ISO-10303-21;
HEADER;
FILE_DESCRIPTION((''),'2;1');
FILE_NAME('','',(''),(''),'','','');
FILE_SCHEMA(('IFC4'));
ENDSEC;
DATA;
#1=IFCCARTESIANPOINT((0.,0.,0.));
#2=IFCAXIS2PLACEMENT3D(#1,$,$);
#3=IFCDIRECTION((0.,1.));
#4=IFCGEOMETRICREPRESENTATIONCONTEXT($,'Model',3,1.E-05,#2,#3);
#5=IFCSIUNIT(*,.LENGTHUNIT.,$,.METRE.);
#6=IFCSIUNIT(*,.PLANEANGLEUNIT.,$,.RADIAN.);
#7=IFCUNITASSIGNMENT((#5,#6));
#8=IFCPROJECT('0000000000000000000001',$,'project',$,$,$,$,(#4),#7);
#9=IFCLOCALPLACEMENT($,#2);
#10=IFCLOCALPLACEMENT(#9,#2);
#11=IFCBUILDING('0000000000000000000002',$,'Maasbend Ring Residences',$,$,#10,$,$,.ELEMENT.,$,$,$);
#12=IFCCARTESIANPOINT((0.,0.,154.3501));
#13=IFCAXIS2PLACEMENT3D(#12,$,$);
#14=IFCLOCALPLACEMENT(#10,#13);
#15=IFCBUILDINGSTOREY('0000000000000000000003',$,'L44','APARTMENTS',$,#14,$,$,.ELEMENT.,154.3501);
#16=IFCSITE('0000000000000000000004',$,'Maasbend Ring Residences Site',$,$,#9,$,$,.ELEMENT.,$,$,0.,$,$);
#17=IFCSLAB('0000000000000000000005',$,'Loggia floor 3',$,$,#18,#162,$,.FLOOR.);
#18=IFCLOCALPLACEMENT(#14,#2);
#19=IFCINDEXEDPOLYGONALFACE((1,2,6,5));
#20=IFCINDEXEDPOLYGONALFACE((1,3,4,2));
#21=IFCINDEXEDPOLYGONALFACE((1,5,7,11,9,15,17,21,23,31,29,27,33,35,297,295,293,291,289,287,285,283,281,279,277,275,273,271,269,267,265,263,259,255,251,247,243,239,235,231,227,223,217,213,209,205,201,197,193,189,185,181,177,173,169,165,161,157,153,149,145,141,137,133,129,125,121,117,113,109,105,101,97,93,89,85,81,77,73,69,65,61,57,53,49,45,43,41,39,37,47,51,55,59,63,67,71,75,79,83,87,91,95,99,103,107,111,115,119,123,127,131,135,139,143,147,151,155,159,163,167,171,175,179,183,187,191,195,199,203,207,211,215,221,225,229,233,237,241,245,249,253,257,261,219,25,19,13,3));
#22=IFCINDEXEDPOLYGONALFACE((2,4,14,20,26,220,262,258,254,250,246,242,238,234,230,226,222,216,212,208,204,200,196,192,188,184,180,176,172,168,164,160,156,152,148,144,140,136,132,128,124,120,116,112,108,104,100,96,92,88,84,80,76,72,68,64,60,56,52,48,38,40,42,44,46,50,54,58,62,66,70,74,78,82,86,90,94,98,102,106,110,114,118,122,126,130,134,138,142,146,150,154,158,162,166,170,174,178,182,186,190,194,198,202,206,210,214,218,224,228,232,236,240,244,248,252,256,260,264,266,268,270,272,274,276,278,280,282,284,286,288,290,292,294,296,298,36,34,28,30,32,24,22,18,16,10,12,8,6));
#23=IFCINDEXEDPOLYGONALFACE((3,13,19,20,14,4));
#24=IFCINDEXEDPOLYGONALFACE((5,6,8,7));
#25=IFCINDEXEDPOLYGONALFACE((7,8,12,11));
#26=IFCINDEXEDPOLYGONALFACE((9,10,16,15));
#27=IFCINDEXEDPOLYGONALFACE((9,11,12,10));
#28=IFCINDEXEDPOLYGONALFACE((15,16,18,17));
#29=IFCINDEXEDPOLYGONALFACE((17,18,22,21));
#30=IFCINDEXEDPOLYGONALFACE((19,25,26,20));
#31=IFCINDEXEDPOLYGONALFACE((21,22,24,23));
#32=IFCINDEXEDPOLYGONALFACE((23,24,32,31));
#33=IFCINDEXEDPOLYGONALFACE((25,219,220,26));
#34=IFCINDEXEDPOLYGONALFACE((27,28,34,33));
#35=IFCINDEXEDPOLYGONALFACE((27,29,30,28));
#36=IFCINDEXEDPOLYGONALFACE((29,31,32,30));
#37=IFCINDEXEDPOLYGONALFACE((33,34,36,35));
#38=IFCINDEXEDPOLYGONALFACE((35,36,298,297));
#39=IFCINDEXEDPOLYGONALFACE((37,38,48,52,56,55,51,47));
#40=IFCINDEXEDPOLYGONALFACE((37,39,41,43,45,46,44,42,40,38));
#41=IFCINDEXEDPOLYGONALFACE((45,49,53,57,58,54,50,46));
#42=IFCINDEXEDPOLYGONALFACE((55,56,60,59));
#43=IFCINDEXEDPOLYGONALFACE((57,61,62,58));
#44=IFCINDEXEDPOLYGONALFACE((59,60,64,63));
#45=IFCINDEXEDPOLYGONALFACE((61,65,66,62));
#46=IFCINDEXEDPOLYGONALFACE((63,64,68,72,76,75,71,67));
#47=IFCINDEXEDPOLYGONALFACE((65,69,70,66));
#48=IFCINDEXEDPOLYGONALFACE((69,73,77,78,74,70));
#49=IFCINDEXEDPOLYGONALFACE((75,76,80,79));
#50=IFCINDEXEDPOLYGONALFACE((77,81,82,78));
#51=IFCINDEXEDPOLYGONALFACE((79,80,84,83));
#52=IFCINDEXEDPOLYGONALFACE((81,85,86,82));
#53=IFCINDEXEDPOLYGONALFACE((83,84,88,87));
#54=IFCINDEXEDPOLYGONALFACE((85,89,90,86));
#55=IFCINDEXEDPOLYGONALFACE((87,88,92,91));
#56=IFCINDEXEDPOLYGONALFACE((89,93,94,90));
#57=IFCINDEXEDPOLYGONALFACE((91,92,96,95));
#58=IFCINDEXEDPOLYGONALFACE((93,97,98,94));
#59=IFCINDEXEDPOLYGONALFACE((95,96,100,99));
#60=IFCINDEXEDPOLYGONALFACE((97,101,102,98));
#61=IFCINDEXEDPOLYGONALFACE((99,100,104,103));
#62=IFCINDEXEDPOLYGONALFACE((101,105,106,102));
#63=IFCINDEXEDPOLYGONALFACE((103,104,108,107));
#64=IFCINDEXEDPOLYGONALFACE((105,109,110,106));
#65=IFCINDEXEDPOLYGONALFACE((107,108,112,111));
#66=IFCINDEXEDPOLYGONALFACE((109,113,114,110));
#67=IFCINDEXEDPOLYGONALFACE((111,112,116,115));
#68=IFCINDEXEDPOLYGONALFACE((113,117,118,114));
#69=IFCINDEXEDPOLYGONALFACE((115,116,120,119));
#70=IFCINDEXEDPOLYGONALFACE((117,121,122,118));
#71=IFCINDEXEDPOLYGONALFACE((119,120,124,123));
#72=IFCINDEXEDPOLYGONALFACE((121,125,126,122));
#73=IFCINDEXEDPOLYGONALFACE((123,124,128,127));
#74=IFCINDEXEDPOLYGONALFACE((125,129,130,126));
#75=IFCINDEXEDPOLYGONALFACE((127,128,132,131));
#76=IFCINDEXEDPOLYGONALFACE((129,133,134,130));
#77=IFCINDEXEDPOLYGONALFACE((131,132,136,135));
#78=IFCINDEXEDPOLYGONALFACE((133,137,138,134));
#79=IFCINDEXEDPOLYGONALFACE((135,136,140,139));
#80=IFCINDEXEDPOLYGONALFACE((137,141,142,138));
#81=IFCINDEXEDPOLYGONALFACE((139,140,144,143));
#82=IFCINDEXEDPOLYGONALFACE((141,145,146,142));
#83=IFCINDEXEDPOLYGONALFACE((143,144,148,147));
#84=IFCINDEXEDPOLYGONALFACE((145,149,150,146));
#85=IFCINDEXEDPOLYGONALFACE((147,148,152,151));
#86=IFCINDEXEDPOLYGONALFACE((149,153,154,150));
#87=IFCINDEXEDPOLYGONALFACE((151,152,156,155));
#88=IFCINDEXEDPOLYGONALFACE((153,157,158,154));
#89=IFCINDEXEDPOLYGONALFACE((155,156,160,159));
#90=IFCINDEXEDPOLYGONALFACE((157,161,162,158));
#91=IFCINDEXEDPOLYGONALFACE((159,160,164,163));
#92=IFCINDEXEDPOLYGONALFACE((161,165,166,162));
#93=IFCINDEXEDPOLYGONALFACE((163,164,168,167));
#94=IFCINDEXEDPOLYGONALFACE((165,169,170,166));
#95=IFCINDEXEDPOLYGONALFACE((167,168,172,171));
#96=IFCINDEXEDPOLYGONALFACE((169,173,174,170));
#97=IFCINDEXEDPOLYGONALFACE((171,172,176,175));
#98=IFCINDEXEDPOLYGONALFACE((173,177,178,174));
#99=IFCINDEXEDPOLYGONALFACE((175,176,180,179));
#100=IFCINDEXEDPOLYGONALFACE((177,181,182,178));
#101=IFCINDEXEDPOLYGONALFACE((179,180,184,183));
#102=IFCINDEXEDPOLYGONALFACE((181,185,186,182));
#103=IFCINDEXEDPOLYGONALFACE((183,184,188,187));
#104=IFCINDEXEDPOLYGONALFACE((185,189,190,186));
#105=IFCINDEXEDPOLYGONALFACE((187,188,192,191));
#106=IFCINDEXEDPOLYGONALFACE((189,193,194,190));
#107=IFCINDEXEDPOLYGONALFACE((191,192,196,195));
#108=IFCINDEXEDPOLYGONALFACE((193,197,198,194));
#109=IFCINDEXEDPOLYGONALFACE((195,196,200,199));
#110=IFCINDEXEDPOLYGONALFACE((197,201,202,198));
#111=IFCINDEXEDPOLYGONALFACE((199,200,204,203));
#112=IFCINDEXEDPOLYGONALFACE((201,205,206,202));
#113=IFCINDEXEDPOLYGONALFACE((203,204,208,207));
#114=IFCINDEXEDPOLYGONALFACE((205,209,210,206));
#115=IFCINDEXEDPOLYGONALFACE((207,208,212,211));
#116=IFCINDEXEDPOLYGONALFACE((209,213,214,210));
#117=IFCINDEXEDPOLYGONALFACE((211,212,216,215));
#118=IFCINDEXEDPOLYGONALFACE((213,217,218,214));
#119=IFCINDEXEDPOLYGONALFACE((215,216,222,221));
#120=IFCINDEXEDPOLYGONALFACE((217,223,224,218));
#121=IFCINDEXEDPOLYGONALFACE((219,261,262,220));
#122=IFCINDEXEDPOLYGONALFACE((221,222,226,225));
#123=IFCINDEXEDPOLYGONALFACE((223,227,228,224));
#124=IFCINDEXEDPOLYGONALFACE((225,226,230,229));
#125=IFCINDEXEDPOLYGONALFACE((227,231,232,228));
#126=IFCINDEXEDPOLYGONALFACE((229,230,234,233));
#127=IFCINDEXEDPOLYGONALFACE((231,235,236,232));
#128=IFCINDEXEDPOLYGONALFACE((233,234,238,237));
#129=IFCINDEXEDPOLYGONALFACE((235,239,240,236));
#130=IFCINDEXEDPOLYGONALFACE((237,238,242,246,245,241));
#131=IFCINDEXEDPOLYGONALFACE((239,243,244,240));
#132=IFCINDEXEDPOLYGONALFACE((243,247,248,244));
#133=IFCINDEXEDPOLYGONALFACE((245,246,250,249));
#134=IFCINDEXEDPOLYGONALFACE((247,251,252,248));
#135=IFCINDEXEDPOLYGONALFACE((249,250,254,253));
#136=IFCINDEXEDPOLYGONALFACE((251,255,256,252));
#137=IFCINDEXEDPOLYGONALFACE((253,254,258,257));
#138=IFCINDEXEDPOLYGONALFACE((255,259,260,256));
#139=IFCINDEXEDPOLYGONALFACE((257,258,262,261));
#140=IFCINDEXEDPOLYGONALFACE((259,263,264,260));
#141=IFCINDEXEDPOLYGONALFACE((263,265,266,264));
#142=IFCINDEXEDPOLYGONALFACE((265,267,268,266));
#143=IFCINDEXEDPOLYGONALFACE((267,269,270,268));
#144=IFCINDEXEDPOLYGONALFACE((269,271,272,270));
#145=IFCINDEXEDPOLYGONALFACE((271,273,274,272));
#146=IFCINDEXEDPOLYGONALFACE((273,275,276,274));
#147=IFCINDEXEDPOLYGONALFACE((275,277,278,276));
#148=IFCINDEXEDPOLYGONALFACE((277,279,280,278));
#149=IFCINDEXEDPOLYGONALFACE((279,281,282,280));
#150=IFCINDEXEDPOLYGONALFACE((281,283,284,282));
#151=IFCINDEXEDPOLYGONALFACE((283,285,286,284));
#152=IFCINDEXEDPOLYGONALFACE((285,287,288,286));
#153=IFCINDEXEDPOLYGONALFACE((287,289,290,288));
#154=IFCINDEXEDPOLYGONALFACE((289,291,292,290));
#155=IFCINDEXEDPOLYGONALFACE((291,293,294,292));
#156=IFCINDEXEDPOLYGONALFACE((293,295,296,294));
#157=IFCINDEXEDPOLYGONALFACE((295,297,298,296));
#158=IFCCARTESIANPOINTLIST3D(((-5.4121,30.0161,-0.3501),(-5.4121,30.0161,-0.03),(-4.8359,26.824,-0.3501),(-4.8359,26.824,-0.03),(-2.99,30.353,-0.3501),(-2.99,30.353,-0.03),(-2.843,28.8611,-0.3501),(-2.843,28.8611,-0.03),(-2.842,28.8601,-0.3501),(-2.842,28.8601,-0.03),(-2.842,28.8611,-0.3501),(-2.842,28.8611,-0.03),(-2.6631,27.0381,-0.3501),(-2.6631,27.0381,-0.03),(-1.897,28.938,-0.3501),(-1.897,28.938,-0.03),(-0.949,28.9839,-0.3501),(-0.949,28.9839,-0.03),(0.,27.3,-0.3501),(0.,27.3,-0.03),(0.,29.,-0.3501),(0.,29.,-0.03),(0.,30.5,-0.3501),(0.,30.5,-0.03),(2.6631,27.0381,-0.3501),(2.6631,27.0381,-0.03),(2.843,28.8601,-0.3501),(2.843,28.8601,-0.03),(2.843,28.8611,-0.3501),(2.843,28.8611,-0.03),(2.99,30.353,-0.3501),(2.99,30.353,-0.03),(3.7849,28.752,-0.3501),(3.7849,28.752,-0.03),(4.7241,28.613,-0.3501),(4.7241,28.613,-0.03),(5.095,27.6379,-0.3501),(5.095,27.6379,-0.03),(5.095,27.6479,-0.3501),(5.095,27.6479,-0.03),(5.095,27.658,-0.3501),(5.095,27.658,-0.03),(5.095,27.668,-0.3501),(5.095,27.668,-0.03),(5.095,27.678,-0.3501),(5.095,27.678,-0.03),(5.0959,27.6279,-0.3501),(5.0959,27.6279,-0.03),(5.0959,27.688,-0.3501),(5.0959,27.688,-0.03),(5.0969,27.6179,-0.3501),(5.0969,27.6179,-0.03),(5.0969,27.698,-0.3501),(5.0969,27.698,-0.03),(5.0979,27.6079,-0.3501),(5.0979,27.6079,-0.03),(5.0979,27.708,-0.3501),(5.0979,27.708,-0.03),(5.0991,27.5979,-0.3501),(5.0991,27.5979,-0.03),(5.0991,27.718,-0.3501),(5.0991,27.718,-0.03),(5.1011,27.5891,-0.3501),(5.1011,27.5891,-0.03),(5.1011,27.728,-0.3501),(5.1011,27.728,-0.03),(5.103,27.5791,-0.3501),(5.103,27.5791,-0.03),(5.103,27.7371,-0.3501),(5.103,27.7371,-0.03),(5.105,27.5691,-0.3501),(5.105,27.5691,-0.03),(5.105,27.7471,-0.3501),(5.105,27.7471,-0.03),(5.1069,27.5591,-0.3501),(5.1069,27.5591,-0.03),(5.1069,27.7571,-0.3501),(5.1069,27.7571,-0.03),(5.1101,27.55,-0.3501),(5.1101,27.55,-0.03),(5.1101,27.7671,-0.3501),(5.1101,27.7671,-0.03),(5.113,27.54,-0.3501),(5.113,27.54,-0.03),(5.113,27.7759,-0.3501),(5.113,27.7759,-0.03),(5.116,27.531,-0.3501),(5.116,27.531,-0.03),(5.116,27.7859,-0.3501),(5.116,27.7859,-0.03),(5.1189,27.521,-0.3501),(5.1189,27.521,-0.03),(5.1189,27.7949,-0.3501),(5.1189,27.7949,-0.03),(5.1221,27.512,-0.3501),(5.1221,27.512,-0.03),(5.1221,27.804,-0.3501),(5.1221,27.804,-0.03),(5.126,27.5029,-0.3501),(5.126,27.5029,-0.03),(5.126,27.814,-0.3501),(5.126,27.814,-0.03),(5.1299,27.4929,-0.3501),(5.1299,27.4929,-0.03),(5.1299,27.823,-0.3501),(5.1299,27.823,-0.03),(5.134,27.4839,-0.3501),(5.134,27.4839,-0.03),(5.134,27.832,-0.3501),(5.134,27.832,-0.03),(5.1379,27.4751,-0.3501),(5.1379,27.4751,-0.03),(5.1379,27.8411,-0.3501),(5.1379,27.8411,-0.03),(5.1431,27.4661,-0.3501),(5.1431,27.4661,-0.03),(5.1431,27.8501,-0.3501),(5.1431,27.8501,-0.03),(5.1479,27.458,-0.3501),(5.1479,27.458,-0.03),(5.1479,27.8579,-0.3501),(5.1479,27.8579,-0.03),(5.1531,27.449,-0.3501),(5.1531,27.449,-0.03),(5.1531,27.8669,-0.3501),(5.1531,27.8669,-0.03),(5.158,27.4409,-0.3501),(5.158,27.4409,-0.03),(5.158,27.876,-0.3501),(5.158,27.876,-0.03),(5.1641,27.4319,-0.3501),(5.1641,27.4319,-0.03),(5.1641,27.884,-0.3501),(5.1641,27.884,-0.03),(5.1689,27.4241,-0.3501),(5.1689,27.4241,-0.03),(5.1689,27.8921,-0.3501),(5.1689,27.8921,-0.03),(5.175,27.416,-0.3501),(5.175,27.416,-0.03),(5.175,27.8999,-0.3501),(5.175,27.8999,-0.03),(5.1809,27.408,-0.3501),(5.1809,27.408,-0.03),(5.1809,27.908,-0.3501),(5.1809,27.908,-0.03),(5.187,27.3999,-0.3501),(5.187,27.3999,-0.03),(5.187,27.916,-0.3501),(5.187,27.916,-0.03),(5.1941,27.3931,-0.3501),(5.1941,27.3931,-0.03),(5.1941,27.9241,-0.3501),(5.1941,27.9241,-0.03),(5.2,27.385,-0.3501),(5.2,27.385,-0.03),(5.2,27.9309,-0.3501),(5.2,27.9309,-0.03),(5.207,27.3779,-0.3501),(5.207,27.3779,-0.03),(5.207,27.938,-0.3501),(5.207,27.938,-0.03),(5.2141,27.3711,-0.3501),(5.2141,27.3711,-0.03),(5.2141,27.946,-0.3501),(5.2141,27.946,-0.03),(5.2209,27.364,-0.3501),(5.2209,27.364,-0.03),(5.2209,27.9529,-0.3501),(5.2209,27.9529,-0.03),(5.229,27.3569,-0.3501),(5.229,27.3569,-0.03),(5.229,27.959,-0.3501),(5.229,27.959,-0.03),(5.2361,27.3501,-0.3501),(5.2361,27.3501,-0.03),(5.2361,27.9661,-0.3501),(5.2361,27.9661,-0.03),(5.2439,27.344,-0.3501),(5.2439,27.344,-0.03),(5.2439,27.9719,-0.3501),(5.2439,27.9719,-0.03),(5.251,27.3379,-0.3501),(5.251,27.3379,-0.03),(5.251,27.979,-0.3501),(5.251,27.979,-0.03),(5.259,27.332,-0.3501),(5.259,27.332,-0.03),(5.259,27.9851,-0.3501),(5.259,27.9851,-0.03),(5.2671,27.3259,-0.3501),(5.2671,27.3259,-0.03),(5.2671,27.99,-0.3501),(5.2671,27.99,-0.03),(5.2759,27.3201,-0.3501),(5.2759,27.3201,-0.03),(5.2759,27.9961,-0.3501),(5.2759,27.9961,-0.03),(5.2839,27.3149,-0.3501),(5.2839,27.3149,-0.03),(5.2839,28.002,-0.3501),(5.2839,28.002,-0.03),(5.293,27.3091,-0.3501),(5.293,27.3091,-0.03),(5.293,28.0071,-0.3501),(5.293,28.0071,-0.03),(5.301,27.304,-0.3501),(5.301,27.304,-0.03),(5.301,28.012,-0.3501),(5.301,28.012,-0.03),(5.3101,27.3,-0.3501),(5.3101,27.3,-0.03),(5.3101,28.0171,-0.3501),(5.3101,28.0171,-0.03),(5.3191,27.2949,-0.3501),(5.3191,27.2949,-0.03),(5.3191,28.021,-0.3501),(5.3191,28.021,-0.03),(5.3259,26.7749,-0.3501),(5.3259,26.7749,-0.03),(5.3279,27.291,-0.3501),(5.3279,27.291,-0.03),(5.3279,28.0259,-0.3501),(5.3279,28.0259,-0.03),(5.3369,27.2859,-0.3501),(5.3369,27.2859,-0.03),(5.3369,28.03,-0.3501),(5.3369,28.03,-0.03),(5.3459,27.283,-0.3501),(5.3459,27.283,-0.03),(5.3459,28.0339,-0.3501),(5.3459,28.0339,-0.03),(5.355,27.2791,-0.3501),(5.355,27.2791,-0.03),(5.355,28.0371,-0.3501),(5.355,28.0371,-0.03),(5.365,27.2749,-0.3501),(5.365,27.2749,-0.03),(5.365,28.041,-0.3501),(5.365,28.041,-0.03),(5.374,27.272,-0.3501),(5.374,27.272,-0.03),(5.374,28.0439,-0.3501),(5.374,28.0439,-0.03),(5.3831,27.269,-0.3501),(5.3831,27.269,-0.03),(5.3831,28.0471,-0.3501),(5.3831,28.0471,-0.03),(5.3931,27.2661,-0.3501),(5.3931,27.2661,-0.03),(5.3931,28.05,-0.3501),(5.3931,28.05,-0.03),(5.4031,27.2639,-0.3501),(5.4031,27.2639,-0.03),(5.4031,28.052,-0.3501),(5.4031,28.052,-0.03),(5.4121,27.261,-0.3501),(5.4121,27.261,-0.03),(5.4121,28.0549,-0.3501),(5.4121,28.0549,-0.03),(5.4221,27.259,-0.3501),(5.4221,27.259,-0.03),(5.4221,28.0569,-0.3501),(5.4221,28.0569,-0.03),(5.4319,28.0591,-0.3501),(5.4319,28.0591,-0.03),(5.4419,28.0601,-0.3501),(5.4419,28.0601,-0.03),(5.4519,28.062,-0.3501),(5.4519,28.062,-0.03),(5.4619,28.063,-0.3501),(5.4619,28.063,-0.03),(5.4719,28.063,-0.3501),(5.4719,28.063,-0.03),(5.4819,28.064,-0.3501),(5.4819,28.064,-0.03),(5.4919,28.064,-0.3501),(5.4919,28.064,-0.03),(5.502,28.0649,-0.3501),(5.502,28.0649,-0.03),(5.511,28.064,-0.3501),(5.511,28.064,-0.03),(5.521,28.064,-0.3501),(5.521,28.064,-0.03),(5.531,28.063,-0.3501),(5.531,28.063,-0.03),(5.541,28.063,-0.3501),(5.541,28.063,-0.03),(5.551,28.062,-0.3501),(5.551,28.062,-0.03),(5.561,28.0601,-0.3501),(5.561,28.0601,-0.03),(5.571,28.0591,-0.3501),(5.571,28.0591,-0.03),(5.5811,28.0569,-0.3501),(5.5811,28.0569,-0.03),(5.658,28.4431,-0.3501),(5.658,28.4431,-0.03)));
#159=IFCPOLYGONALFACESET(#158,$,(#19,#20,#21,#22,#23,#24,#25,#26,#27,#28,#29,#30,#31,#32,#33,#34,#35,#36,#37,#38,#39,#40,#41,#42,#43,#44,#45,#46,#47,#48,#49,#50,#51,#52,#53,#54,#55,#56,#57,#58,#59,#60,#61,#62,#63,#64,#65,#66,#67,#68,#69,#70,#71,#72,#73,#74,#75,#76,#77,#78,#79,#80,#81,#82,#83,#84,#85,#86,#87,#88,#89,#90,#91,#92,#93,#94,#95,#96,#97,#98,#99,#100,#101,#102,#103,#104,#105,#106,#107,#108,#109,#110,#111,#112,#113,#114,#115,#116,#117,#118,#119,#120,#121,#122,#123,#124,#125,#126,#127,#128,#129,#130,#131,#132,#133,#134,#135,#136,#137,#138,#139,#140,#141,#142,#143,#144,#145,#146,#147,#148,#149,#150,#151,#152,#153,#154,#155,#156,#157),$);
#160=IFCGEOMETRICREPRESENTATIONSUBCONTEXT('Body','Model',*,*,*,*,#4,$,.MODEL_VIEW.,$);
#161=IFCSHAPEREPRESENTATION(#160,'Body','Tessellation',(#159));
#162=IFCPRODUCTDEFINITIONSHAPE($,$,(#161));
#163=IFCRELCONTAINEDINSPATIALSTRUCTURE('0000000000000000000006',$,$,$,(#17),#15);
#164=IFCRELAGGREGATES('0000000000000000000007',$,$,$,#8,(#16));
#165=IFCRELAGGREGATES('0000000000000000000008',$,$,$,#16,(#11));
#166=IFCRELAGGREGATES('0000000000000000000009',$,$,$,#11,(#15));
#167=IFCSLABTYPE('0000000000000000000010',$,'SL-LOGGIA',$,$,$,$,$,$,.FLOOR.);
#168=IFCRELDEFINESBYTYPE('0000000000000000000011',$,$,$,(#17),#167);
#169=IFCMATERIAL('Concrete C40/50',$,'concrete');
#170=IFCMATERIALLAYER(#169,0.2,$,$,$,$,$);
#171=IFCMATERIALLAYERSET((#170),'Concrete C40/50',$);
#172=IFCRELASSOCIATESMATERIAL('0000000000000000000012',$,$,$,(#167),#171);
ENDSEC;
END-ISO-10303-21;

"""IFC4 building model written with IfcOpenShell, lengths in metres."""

from ifc_helpers import new_model, si_unit, direction, frame, origin, place, context, subcontext, project, spatial, polyline, outline, extrude, material, layer, layer_set, type_object, element, save


model = new_model("IFC4")

# Units and contexts
model_context = context("Model", 3, precision=1e-05, world=origin(), true_north=direction((0.0, 1.0)))
body_context = subcontext(model_context, "Body", "Model", "MODEL_VIEW")
ifc_project = project(units=[si_unit("LENGTHUNIT", "METRE"), si_unit("PLANEANGLEUNIT", "RADIAN")], contexts=[model_context])

# Site, building, storey
site_placement = place(None, origin())
site = spatial("IfcSite", under=ifc_project, at=site_placement, Name="Maasbend Ring Residences Site", CompositionType="ELEMENT", RefElevation=0.0)
building_placement = place(site_placement, origin())
building = spatial("IfcBuilding", under=site, at=building_placement, Name="Maasbend Ring Residences", CompositionType="ELEMENT")
storey_placement = place(building_placement, frame((0.0, 0.0, 154.3501)))
storey = spatial("IfcBuildingStorey", under=building, at=storey_placement, Name="L44", Description="APARTMENTS", CompositionType="ELEMENT", Elevation=154.3501)

# Slab
ifc_material_1 = material(Name="Concrete C40/50", Category="concrete")
ifc_layer_1 = layer(ifc_material_1, 0.2)
ifc_layer_set_1 = layer_set([ifc_layer_1], Name="Concrete C40/50")
slab_type_1 = type_object("IfcSlabType", Name="SL-LOGGIA", PredefinedType="FLOOR", material=ifc_layer_set_1)
slab_1_placement = place(storey_placement, frame((0.0, 0.0, -0.3501)))
element("IfcSlab", 1, at=slab_1_placement, inside=storey, type_object=slab_type_1, Name="Loggia floor 3", PredefinedType="FLOOR", context=body_context, shape_type="SweptSolid", body=[
    extrude(outline(polyline([(-2.843, 28.8611), (-2.843, 28.8611), (-2.843, 28.8611), (-2.843, 28.8611), (-2.842, 28.8611), (-2.842, 28.8611), (-2.842, 28.8611), (-2.842, 28.8611), (-2.842, 28.8611), (-2.842, 28.8601), (-2.842, 28.8601), (-2.842, 28.8601), (-2.842, 28.8601), (-2.842, 28.8601), (-2.842, 28.8601), (-2.842, 28.8601), (-2.842, 28.8601), (-1.897, 28.938), (-1.897, 28.938), (-0.949, 28.9839), (-0.949, 28.9839), (0.0, 29.0), (0.0, 29.0), (0.0, 29.0), (0.0, 29.0), (0.0, 29.0), (0.0, 29.0), (0.0, 29.0), (0.0, 29.0), (0.0, 29.0), (0.0, 29.0), (0.0, 29.0), (0.0, 29.0), (0.0, 29.0), (0.0, 29.0), (0.0, 29.0), (0.0, 29.0), (0.0, 29.0), (0.0, 30.5), (0.0, 30.5), (0.0, 30.5), (2.99, 30.353), (2.99, 30.353), (2.99, 30.353), (2.843, 28.8611), (2.843, 28.8611), (2.843, 28.8611), (2.843, 28.8611), (2.843, 28.8611), (2.843, 28.8611), (2.843, 28.8611), (2.843, 28.8611), (2.843, 28.8601), (2.843, 28.8601), (2.843, 28.8601), (2.843, 28.8601), (2.843, 28.8601), (2.843, 28.8601), (2.843, 28.8601), (2.843, 28.8601), (2.843, 28.8601), (3.7849, 28.752), (3.7849, 28.752), (4.7241, 28.613), (4.7241, 28.613), (5.658, 28.4431), (5.658, 28.4431), (5.658, 28.4431), (5.5811, 28.0569), (5.5811, 28.0569), (5.571, 28.0591), (5.561, 28.0601), (5.551, 28.062), (5.541, 28.063), (5.531, 28.063), (5.521, 28.064), (5.511, 28.064), (5.502, 28.0649), (5.4919, 28.064), (5.4819, 28.064), (5.4719, 28.063), (5.4619, 28.063), (5.4519, 28.062), (5.4419, 28.0601), (5.4319, 28.0591), (5.4221, 28.0569), (5.4121, 28.0549), (5.4031, 28.052), (5.3931, 28.05), (5.3831, 28.0471), (5.374, 28.0439), (5.365, 28.041), (5.355, 28.0371), (5.3459, 28.0339), (5.3369, 28.03), (5.3279, 28.0259), (5.3191, 28.021), (5.3101, 28.0171), (5.301, 28.012), (5.293, 28.0071), (5.2839, 28.002), (5.2759, 27.9961), (5.2671, 27.99), (5.259, 27.9851), (5.251, 27.979), (5.2439, 27.9719), (5.2361, 27.9661), (5.229, 27.959), (5.2209, 27.9529), (5.2141, 27.946), (5.207, 27.938), (5.2, 27.9309), (5.1941, 27.9241), (5.187, 27.916), (5.1809, 27.908), (5.175, 27.8999), (5.1689, 27.8921), (5.1641, 27.884), (5.158, 27.876), (5.1531, 27.8669), (5.1479, 27.8579), (5.1431, 27.8501), (5.1379, 27.8411), (5.134, 27.832), (5.1299, 27.823), (5.126, 27.814), (5.1221, 27.804), (5.1189, 27.7949), (5.116, 27.7859), (5.113, 27.7759), (5.1101, 27.7671), (5.1069, 27.7571), (5.105, 27.7471), (5.103, 27.7371), (5.1011, 27.728), (5.0991, 27.718), (5.0979, 27.708), (5.0969, 27.698), (5.0959, 27.688), (5.095, 27.678), (5.095, 27.668), (5.095, 27.658), (5.095, 27.6479), (5.095, 27.6379), (5.0959, 27.6279), (5.0969, 27.6179), (5.0979, 27.6079), (5.0991, 27.5979), (5.1011, 27.5891), (5.103, 27.5791), (5.105, 27.5691), (5.1069, 27.5591), (5.1101, 27.55), (5.113, 27.54), (5.116, 27.531), (5.1189, 27.521), (5.1221, 27.512), (5.126, 27.5029), (5.1299, 27.4929), (5.134, 27.4839), (5.1379, 27.4751), (5.1431, 27.4661), (5.1479, 27.458), (5.1531, 27.449), (5.158, 27.4409), (5.1641, 27.4319), (5.1689, 27.4241), (5.175, 27.416), (5.1809, 27.408), (5.187, 27.3999), (5.1941, 27.3931), (5.2, 27.385), (5.207, 27.3779), (5.2141, 27.3711), (5.2209, 27.364), (5.229, 27.3569), (5.2361, 27.3501), (5.2439, 27.344), (5.251, 27.3379), (5.259, 27.332), (5.2671, 27.3259), (5.2759, 27.3201), (5.2839, 27.3149), (5.293, 27.3091), (5.301, 27.304), (5.3101, 27.3), (5.3191, 27.2949), (5.3279, 27.291), (5.3369, 27.2859), (5.3459, 27.283), (5.355, 27.2791), (5.365, 27.2749), (5.374, 27.272), (5.3831, 27.269), (5.3931, 27.2661), (5.4031, 27.2639), (5.4121, 27.261), (5.4221, 27.259), (5.4221, 27.259), (5.3259, 26.7749), (5.3259, 26.7749), (5.3259, 26.7749), (2.6631, 27.0381), (0.0, 27.3), (0.0, 27.3), (0.0, 27.3), (-2.6631, 27.0381), (-4.8359, 26.824), (-4.8359, 26.824), (-4.8359, 26.824), (-5.4121, 30.0161), (-5.4121, 30.0161), (-5.4121, 30.0161), (-2.99, 30.353), (-2.99, 30.353), (-2.99, 30.353), (-2.843, 28.8611)])), origin(), (0.0, 0.0, 1.0), 0.3201),
])

save(model, "model.ifc")
